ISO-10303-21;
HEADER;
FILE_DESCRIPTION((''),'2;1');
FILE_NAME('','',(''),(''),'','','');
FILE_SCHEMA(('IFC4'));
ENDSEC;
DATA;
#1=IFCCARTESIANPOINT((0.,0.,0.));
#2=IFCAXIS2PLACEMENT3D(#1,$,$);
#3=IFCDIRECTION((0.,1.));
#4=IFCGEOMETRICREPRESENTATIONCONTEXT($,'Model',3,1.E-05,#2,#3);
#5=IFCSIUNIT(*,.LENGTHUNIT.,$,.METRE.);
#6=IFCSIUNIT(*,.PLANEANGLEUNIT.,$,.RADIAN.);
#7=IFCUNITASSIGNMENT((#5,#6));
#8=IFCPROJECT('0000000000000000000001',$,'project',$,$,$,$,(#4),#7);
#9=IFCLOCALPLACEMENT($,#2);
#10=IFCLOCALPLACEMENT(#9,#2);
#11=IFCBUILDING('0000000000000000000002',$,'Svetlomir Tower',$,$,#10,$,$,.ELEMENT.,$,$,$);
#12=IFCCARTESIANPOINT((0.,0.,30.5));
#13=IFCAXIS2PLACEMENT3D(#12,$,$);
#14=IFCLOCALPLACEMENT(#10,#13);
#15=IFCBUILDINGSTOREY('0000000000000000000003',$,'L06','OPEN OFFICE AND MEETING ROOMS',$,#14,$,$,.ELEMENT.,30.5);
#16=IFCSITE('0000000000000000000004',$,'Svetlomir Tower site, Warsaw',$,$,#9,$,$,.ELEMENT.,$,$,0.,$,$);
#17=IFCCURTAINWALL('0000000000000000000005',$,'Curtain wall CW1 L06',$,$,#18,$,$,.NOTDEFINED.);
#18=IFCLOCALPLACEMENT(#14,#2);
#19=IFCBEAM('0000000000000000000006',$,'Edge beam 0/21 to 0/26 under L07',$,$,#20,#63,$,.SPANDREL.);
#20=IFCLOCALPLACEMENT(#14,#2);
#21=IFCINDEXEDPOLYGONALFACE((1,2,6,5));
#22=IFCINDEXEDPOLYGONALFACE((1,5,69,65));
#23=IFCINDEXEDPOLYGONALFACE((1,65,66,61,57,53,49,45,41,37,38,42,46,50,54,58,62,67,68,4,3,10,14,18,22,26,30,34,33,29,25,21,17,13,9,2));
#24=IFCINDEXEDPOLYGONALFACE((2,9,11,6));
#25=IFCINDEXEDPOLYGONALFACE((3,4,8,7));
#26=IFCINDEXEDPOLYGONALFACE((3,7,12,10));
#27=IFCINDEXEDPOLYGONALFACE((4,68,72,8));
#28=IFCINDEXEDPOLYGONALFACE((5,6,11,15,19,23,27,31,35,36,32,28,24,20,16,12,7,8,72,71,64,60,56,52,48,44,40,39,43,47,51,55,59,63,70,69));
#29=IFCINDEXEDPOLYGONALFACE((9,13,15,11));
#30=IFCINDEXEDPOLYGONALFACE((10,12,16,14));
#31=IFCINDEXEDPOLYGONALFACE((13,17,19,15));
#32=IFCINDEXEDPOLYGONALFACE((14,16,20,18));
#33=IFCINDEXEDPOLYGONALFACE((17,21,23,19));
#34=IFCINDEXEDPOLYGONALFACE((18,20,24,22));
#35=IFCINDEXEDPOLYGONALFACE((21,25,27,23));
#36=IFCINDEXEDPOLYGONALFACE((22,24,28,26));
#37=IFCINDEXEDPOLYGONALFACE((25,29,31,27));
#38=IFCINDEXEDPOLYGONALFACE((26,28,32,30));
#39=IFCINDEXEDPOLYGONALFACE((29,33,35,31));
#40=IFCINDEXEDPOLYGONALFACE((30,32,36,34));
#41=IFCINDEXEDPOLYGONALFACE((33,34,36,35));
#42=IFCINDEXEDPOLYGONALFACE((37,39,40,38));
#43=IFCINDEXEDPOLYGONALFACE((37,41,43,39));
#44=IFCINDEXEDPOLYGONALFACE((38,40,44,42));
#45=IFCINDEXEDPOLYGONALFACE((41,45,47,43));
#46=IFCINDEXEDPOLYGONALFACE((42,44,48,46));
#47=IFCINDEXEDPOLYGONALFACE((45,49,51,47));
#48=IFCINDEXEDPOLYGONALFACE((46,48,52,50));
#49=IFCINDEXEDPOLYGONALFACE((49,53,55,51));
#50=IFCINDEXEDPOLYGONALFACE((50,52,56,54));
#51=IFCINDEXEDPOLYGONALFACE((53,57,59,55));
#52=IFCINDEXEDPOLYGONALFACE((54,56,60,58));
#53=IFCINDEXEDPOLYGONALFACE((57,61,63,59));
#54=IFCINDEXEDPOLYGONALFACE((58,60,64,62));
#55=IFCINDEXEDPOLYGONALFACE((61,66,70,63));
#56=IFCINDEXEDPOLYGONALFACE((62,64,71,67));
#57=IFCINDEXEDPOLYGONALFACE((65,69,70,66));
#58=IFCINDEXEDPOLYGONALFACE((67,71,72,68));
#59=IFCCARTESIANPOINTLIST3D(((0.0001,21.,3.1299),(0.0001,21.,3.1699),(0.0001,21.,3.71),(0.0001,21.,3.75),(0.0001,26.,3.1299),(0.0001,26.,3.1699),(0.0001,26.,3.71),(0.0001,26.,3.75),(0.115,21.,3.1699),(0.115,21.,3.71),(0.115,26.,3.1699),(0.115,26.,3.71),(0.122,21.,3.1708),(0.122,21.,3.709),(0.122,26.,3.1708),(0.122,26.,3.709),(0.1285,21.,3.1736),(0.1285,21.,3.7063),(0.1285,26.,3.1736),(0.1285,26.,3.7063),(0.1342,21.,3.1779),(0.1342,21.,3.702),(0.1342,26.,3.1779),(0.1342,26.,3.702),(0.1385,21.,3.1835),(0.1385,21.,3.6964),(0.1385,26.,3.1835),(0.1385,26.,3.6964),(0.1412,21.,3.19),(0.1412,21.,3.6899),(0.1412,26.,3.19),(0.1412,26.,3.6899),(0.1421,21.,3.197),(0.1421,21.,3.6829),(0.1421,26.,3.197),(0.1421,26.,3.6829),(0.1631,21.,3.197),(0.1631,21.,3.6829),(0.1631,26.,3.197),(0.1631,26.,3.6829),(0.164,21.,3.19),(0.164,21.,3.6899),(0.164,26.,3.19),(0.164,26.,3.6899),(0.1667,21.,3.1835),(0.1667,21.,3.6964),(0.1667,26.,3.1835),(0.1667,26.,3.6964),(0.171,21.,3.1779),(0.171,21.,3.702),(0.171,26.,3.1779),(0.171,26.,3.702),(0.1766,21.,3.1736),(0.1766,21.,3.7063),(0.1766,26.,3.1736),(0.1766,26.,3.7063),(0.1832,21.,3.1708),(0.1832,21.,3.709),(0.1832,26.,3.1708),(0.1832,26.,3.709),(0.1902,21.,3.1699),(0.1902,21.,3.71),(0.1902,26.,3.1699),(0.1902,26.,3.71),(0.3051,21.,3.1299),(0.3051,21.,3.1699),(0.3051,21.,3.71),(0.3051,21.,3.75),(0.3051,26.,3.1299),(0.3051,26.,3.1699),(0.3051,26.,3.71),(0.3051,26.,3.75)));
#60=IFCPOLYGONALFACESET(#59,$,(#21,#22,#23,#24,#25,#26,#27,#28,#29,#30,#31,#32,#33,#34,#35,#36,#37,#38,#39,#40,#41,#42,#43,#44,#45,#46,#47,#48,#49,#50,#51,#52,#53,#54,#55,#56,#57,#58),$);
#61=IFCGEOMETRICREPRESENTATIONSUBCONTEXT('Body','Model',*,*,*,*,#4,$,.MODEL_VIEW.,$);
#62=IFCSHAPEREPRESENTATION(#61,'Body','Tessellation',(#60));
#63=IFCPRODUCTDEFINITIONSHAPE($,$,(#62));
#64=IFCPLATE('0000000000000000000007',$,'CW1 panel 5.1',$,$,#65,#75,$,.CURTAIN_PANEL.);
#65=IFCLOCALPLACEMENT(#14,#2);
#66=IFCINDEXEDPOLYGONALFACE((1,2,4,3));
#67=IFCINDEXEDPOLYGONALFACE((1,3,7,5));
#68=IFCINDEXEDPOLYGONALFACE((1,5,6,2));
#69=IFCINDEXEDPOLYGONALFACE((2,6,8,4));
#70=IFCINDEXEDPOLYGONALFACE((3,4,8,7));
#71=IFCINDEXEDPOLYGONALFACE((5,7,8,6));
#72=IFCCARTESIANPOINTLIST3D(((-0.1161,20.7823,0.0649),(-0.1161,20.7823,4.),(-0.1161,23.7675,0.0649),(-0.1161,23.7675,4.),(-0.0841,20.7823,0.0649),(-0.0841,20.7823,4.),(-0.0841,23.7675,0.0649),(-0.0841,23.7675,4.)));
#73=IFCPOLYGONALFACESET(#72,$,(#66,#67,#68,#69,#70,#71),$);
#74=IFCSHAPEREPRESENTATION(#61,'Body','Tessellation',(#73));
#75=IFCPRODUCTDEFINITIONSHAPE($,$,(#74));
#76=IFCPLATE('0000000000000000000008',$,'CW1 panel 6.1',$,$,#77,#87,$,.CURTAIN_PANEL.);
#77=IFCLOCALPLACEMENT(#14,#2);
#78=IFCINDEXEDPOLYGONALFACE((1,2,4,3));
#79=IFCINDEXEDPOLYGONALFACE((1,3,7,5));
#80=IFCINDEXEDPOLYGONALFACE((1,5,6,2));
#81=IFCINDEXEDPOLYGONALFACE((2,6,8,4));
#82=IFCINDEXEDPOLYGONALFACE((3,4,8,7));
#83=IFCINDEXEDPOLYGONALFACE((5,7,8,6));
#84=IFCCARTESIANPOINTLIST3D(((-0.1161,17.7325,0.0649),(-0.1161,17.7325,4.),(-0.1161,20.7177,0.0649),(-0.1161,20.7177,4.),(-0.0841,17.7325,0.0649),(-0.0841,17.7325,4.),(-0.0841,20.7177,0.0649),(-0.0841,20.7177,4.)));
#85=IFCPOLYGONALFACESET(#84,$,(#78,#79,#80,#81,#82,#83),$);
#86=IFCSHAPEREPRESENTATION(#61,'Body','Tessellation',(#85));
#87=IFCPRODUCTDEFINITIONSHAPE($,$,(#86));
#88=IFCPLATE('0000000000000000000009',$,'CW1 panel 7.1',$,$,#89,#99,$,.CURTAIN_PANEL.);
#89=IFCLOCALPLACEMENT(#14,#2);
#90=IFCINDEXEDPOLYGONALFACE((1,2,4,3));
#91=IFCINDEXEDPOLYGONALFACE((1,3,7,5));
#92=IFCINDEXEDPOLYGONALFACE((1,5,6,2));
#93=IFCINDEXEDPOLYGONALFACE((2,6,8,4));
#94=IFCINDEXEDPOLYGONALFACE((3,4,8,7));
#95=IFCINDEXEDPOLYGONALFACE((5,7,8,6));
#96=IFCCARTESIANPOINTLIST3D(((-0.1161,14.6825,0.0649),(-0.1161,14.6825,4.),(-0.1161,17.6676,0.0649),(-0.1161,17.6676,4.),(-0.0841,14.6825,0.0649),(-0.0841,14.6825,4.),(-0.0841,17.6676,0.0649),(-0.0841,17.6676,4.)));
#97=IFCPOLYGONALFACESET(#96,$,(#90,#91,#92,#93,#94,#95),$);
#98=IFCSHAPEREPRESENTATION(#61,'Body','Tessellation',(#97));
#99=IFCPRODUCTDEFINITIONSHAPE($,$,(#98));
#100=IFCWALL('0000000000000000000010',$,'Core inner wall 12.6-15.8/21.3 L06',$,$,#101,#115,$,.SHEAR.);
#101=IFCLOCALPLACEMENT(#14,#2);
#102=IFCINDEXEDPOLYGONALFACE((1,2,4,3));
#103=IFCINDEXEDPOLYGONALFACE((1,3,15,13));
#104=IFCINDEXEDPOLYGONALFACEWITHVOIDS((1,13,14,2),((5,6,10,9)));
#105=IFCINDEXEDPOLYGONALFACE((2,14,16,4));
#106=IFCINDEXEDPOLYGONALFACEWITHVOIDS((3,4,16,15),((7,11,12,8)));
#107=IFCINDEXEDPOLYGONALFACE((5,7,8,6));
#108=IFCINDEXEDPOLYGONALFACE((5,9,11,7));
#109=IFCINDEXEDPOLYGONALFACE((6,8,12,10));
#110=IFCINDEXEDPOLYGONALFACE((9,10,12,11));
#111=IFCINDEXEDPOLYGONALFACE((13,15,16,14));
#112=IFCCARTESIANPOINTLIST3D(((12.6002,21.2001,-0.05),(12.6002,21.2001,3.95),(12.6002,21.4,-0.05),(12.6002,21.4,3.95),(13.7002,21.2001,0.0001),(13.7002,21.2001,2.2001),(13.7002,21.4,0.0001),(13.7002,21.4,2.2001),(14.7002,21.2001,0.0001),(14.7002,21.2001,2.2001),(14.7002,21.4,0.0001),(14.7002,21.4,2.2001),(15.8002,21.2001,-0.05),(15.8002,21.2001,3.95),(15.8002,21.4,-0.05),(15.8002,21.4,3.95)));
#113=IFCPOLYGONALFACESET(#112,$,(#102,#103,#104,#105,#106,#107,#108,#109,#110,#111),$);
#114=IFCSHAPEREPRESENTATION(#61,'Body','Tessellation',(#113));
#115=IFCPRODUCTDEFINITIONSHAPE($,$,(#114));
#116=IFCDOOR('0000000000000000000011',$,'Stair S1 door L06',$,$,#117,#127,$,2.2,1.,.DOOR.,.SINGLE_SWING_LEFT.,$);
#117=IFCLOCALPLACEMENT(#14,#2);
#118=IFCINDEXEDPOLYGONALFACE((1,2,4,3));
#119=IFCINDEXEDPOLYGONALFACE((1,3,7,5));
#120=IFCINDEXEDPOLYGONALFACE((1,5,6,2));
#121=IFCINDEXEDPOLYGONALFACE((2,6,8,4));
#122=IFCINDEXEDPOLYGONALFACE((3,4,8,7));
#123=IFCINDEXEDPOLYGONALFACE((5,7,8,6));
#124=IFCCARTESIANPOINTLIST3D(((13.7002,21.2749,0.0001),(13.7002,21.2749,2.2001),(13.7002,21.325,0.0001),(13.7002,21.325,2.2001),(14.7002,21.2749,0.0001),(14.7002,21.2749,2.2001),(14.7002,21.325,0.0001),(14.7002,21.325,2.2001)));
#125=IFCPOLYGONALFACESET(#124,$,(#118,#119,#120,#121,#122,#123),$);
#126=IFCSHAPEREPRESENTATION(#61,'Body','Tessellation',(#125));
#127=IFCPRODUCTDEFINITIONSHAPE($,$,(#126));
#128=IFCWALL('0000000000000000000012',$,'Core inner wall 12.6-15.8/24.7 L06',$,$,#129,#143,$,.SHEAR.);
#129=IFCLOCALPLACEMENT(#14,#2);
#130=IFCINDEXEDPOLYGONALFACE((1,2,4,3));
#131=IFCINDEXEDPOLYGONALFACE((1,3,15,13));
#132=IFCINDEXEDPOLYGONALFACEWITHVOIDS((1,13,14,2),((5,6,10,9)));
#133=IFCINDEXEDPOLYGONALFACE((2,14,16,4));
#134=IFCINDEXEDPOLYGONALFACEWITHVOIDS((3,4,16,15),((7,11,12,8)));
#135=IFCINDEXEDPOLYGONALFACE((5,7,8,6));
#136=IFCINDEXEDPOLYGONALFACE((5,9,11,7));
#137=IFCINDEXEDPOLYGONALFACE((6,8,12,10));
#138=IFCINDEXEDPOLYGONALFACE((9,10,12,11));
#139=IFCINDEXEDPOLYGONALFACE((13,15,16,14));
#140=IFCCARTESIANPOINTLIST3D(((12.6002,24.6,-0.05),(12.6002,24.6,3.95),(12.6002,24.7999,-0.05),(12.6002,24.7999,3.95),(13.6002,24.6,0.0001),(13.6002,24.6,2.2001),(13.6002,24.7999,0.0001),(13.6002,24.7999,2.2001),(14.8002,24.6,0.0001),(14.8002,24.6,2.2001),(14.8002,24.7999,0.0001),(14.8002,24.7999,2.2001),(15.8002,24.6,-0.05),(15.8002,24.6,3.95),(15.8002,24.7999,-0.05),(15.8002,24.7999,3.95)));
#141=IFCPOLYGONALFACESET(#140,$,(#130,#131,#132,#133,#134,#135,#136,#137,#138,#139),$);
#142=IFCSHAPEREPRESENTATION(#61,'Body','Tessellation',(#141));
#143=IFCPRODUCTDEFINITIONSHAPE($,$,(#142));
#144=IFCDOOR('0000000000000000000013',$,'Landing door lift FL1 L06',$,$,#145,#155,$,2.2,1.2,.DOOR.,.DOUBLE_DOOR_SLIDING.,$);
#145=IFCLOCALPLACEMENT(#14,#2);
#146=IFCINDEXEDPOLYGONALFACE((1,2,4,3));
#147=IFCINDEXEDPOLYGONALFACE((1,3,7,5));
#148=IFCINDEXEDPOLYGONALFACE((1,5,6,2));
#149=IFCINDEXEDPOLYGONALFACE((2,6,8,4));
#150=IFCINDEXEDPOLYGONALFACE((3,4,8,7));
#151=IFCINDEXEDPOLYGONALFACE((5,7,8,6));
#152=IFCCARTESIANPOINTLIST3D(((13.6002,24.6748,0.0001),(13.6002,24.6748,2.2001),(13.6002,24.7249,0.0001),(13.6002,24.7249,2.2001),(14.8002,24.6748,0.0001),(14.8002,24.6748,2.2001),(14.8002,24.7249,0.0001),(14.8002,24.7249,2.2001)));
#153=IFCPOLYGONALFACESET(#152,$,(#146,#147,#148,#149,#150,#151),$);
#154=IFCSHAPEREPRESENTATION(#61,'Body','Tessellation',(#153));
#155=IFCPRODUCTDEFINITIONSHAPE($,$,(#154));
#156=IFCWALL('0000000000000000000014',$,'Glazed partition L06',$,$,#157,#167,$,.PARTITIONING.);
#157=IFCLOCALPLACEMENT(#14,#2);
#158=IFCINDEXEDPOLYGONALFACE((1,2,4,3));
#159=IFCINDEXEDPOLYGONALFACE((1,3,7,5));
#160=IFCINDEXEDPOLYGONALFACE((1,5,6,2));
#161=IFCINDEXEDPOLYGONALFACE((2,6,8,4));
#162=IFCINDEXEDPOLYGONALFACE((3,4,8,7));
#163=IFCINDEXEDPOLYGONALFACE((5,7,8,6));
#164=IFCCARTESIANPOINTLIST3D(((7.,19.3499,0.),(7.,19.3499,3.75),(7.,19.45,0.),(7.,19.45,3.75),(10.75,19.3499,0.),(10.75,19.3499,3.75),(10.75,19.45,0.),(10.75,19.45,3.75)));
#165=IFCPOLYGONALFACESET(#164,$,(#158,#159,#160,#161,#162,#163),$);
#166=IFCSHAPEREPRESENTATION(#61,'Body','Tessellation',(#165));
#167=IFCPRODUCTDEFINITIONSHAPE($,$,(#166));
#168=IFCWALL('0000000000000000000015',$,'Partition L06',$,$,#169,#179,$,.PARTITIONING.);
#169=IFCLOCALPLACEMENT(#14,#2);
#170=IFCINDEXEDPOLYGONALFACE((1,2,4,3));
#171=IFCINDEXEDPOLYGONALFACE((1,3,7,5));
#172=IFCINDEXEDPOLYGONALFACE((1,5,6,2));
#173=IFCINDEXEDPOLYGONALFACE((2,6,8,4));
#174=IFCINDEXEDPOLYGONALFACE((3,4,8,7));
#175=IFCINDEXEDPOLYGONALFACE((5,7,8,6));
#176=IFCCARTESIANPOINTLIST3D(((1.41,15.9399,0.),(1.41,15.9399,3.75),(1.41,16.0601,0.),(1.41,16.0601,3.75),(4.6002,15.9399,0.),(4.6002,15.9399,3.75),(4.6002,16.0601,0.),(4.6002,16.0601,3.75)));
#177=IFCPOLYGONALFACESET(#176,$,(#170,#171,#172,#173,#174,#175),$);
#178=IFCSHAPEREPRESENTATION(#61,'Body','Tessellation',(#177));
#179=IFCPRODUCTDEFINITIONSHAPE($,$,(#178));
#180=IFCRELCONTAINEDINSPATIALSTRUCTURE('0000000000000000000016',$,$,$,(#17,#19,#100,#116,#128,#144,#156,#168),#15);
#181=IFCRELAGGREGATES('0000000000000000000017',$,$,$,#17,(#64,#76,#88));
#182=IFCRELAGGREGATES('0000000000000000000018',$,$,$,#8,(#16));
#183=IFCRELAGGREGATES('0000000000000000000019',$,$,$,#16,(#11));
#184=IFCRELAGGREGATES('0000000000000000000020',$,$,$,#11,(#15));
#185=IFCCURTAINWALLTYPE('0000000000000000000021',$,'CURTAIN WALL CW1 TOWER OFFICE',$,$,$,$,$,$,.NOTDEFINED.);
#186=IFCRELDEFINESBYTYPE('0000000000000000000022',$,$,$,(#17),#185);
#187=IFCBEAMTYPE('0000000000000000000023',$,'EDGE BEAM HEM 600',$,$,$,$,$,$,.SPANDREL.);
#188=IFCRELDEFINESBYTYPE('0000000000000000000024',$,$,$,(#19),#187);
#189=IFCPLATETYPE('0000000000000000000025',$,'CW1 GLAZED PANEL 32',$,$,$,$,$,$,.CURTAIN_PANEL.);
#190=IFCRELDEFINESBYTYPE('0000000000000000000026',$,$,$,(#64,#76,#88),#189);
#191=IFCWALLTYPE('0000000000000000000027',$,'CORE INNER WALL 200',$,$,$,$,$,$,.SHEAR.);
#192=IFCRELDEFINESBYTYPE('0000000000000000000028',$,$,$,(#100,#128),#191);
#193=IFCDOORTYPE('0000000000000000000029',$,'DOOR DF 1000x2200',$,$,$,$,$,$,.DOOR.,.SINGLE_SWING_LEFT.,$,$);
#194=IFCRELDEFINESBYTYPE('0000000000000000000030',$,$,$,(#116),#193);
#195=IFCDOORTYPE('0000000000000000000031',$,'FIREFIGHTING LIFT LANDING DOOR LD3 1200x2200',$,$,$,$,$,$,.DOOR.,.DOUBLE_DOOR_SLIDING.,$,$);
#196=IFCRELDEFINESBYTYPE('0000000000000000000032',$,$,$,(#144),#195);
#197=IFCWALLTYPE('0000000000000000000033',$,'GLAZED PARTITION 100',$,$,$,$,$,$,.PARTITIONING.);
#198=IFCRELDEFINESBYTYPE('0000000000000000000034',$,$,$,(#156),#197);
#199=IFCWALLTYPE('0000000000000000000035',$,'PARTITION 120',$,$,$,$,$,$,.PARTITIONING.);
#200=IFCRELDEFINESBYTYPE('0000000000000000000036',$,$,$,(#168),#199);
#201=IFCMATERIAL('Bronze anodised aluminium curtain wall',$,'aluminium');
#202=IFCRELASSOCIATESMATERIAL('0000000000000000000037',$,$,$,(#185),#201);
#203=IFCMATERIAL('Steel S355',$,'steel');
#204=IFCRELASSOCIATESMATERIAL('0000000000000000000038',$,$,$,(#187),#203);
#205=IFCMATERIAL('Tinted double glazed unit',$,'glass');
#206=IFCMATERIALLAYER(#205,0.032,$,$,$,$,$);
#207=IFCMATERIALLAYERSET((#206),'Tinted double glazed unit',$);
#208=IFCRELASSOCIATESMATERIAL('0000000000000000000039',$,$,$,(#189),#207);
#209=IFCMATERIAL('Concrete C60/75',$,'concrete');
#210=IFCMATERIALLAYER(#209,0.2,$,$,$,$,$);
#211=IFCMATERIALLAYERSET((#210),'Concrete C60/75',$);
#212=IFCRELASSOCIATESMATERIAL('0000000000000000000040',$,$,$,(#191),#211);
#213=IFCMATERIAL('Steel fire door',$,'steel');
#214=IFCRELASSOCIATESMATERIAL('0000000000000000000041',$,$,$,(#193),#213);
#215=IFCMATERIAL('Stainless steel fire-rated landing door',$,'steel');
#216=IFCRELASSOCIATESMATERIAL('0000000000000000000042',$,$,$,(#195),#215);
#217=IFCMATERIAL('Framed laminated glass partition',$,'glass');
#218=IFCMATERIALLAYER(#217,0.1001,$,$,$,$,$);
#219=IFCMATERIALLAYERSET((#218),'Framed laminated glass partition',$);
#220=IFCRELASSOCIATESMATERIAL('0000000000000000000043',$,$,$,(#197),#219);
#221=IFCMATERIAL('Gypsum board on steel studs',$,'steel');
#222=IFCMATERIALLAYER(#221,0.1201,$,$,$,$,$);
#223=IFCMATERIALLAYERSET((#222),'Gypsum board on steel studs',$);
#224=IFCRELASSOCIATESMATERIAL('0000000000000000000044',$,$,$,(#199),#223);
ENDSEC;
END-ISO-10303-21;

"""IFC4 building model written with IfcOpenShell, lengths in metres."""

from ifc_helpers import new_model, si_unit, direction, frame, frame_2d, origin, origin_2d, place, context, subcontext, project, spatial, rectangle, i_section, extrude, material, layer, layer_set, material_profile, profile_set, type_object, element, fill, aggregate, save


model = new_model("IFC4")

# Units and contexts
model_context = context("Model", 3, precision=1e-05, world=origin(), true_north=direction((0.0, 1.0)))
body_context = subcontext(model_context, "Body", "Model", "MODEL_VIEW")
ifc_project = project(units=[si_unit("LENGTHUNIT", "METRE"), si_unit("PLANEANGLEUNIT", "RADIAN")], contexts=[model_context])

# Site, building, storey
site_placement = place(None, origin())
site = spatial("IfcSite", under=ifc_project, at=site_placement, Name="Svetlomir Tower site, Warsaw", CompositionType="ELEMENT", RefElevation=0.0)
building_placement = place(site_placement, origin())
building = spatial("IfcBuilding", under=site, at=building_placement, Name="Svetlomir Tower", CompositionType="ELEMENT")
storey_placement = place(building_placement, frame((0.0, 0.0, 30.5)))
storey = spatial("IfcBuildingStorey", under=building, at=storey_placement, Name="L06", Description="OPEN OFFICE AND MEETING ROOMS", CompositionType="ELEMENT", Elevation=30.5)

# Curtain wall
ifc_material_1 = material(Name="Bronze anodised aluminium curtain wall", Category="aluminium")
curtain_wall_type = type_object("IfcCurtainWallType", Name="CURTAIN WALL CW1 TOWER OFFICE", PredefinedType="NOTDEFINED", material=ifc_material_1)
curtain_wall_placement = place(storey_placement, origin())
curtain_wall = element("IfcCurtainWall", 1, at=curtain_wall_placement, inside=storey, type_object=curtain_wall_type, Name="Curtain wall CW1 L06", PredefinedType="NOTDEFINED")

# Beam
ifc_material_2 = material(Name="Steel S355", Category="steel")
ifc_material_profile_1 = material_profile(ifc_material_2, i_section(OverallWidth=0.3049, OverallDepth=0.6201, WebThickness=0.021, FlangeThickness=0.04, FilletRadius=0.0271, at=origin_2d()), Name="HEM 600")
ifc_profile_set_1 = profile_set([ifc_material_profile_1], Name="Steel S355")
beam_type = type_object("IfcBeamType", Name="EDGE BEAM HEM 600", PredefinedType="SPANDREL", material=ifc_profile_set_1)
for number, where, z_axis, x_axis, name in (
    (2, (0.1526, 21.0, 3.4399), (0.0, 1.0, 0.0), (-1.0, 0.0, 0.0), "Edge beam 0/21 to 0/26 under L07"),
):
    element("IfcBeam", number, at=place(storey_placement, frame(where, z_axis=z_axis, x_axis=x_axis)), inside=storey, type_object=beam_type, Name=name, PredefinedType="SPANDREL", context=body_context, shape_type="SweptSolid", body=[
        extrude(i_section(OverallWidth=0.3049, OverallDepth=0.6201, WebThickness=0.021, FlangeThickness=0.04, FilletRadius=0.0271, at=origin_2d()), origin(), (0.0, 0.0, 1.0), 5.0),
    ])

# Plates
ifc_material_3 = material(Name="Tinted double glazed unit", Category="glass")
ifc_layer_1 = layer(ifc_material_3, 0.032)
ifc_layer_set_1 = layer_set([ifc_layer_1], Name="Tinted double glazed unit")
plate_type = type_object("IfcPlateType", Name="CW1 GLAZED PANEL 32", PredefinedType="CURTAIN_PANEL", material=ifc_layer_set_1)
plate_1_placement = place(storey_placement, frame((-0.1001, 22.2749, 0.0649), z_axis=(0.0, 0.0, 1.0), x_axis=(0.0, -1.0, 0.0)))
plate_1 = element("IfcPlate", 3, at=plate_1_placement, type_object=plate_type, Name="CW1 panel 5.1", PredefinedType="CURTAIN_PANEL", context=body_context, shape_type="SweptSolid", body=[
    extrude(rectangle(XDim=2.9851, YDim=0.032, at=origin_2d()), origin(), (0.0, 0.0, 1.0), 3.9351),
])
plate_2_placement = place(storey_placement, frame((-0.1001, 19.2251, 0.0649), z_axis=(0.0, 0.0, 1.0), x_axis=(0.0, -1.0, 0.0)))
plate_2 = element("IfcPlate", 4, at=plate_2_placement, type_object=plate_type, Name="CW1 panel 6.1", PredefinedType="CURTAIN_PANEL", context=body_context, shape_type="SweptSolid", body=[
    extrude(rectangle(XDim=2.9851, YDim=0.032, at=origin_2d()), origin(), (0.0, 0.0, 1.0), 3.9351),
])
plate_3_placement = place(storey_placement, frame((-0.1001, 16.175, 0.0649), z_axis=(0.0, 0.0, 1.0), x_axis=(0.0, -1.0, 0.0)))
plate_3 = element("IfcPlate", 5, at=plate_3_placement, type_object=plate_type, Name="CW1 panel 7.1", PredefinedType="CURTAIN_PANEL", context=body_context, shape_type="SweptSolid", body=[
    extrude(rectangle(XDim=2.9851, YDim=0.032, at=origin_2d()), origin(), (0.0, 0.0, 1.0), 3.9351),
])
aggregate(curtain_wall, [plate_1, plate_2, plate_3])

# Walls, openings, doors
ifc_material_4 = material(Name="Concrete C60/75", Category="concrete")
ifc_layer_2 = layer(ifc_material_4, 0.2)
ifc_layer_set_2 = layer_set([ifc_layer_2], Name="Concrete C60/75")
wall_type_1 = type_object("IfcWallType", Name="CORE INNER WALL 200", PredefinedType="SHEAR", material=ifc_layer_set_2)
wall_1_placement = place(storey_placement, frame((12.6001, 21.3, -0.05), z_axis=(0.0, 0.0, 1.0), x_axis=(1.0, 0.0, 0.0)))
wall_1 = element("IfcWall", 6, at=wall_1_placement, inside=storey, type_object=wall_type_1, Name="Core inner wall 12.6-15.8/21.3 L06", PredefinedType="SHEAR", context=body_context, shape_type="SweptSolid", body=[
    extrude(rectangle(XDim=3.2, YDim=0.2, at=frame_2d((1.6001, 0.0))), origin(), (0.0, 0.0, 1.0), 4.0),
])
opening_1_placement = place(wall_1_placement, frame((1.1001, 0.0, 0.05)))
opening_1 = element("IfcOpeningElement", 7, at=opening_1_placement, cuts=wall_1, PredefinedType="OPENING", context=body_context, shape_type="SweptSolid", body=[
    extrude(rectangle(XDim=1.0, YDim=2.2, at=frame_2d((0.5, 1.1001))), frame((0.0, 0.1099, 0.0), z_axis=(0.0, -1.0, 0.0), x_axis=(1.0, 0.0, 0.0)), (0.0, 0.0, 1.0), 0.22),
])
ifc_material_5 = material(Name="Steel fire door", Category="steel")
door_type_1 = type_object("IfcDoorType", Name="DOOR DF 1000x2200", OperationType="SINGLE_SWING_LEFT", PredefinedType="DOOR", material=ifc_material_5)
door_1_placement = place(opening_1_placement, origin())
door_1 = element("IfcDoor", 8, at=door_1_placement, inside=storey, type_object=door_type_1, Name="Stair S1 door L06", OperationType="SINGLE_SWING_LEFT", OverallHeight=2.2, OverallWidth=1.0, PredefinedType="DOOR", context=body_context, shape_type="SweptSolid", body=[
    extrude(rectangle(XDim=1.0, YDim=2.2, at=frame_2d((0.5, 1.1001))), frame((0.0, 0.0249, 0.0), z_axis=(0.0, -1.0, 0.0), x_axis=(1.0, 0.0, 0.0)), (0.0, 0.0, 1.0), 0.05),
])
fill(opening_1, door_1)
wall_2_placement = place(storey_placement, frame((12.6001, 24.7, -0.05), z_axis=(0.0, 0.0, 1.0), x_axis=(1.0, 0.0, 0.0)))
wall_2 = element("IfcWall", 9, at=wall_2_placement, inside=storey, type_object=wall_type_1, Name="Core inner wall 12.6-15.8/24.7 L06", PredefinedType="SHEAR", context=body_context, shape_type="SweptSolid", body=[
    extrude(rectangle(XDim=3.2, YDim=0.2, at=frame_2d((1.6001, 0.0))), origin(), (0.0, 0.0, 1.0), 4.0),
])
opening_2_placement = place(wall_2_placement, frame((1.0, 0.0, 0.05)))
opening_2 = element("IfcOpeningElement", 10, at=opening_2_placement, cuts=wall_2, PredefinedType="OPENING", context=body_context, shape_type="SweptSolid", body=[
    extrude(rectangle(XDim=1.2, YDim=2.2, at=frame_2d((0.6001, 1.1001))), frame((0.0, 0.1099, 0.0), z_axis=(0.0, -1.0, 0.0), x_axis=(1.0, 0.0, 0.0)), (0.0, 0.0, 1.0), 0.22),
])
ifc_material_6 = material(Name="Stainless steel fire-rated landing door", Category="steel")
door_type_2 = type_object("IfcDoorType", Name="FIREFIGHTING LIFT LANDING DOOR LD3 1200x2200", OperationType="DOUBLE_DOOR_SLIDING", PredefinedType="DOOR", material=ifc_material_6)
door_2_placement = place(opening_2_placement, origin())
door_2 = element("IfcDoor", 11, at=door_2_placement, inside=storey, type_object=door_type_2, Name="Landing door lift FL1 L06", OperationType="DOUBLE_DOOR_SLIDING", OverallHeight=2.2, OverallWidth=1.2, PredefinedType="DOOR", context=body_context, shape_type="SweptSolid", body=[
    extrude(rectangle(XDim=1.2, YDim=2.2, at=frame_2d((0.6001, 1.1001))), frame((0.0, 0.0249, 0.0), z_axis=(0.0, -1.0, 0.0), x_axis=(1.0, 0.0, 0.0)), (0.0, 0.0, 1.0), 0.05),
])
fill(opening_2, door_2)

# Walls
ifc_material_7 = material(Name="Framed laminated glass partition", Category="glass")
ifc_layer_3 = layer(ifc_material_7, 0.1001)
ifc_layer_set_3 = layer_set([ifc_layer_3], Name="Framed laminated glass partition")
wall_type_2 = type_object("IfcWallType", Name="GLAZED PARTITION 100", PredefinedType="PARTITIONING", material=ifc_layer_set_3)
wall_3_placement = place(storey_placement, frame((7.0, 19.3999, 0.0), z_axis=(0.0, 0.0, 1.0), x_axis=(1.0, 0.0, 0.0)))
element("IfcWall", 12, at=wall_3_placement, inside=storey, type_object=wall_type_2, Name="Glazed partition L06", PredefinedType="PARTITIONING", context=body_context, shape_type="SweptSolid", body=[
    extrude(rectangle(XDim=3.75, YDim=0.1001, at=frame_2d((1.875, 0.0))), origin(), (0.0, 0.0, 1.0), 3.75),
])
ifc_material_8 = material(Name="Gypsum board on steel studs", Category="steel")
ifc_layer_4 = layer(ifc_material_8, 0.1201)
ifc_layer_set_4 = layer_set([ifc_layer_4], Name="Gypsum board on steel studs")
wall_type_3 = type_object("IfcWallType", Name="PARTITION 120", PredefinedType="PARTITIONING", material=ifc_layer_set_4)
wall_4_placement = place(storey_placement, frame((1.4099, 16.0, 0.0), z_axis=(0.0, 0.0, 1.0), x_axis=(1.0, 0.0, 0.0)))
element("IfcWall", 13, at=wall_4_placement, inside=storey, type_object=wall_type_3, Name="Partition L06", PredefinedType="PARTITIONING", context=body_context, shape_type="SweptSolid", body=[
    extrude(rectangle(XDim=3.1902, YDim=0.1201, at=frame_2d((1.5952, 0.0))), origin(), (0.0, 0.0, 1.0), 3.75),
])

save(model, "model.ifc")
